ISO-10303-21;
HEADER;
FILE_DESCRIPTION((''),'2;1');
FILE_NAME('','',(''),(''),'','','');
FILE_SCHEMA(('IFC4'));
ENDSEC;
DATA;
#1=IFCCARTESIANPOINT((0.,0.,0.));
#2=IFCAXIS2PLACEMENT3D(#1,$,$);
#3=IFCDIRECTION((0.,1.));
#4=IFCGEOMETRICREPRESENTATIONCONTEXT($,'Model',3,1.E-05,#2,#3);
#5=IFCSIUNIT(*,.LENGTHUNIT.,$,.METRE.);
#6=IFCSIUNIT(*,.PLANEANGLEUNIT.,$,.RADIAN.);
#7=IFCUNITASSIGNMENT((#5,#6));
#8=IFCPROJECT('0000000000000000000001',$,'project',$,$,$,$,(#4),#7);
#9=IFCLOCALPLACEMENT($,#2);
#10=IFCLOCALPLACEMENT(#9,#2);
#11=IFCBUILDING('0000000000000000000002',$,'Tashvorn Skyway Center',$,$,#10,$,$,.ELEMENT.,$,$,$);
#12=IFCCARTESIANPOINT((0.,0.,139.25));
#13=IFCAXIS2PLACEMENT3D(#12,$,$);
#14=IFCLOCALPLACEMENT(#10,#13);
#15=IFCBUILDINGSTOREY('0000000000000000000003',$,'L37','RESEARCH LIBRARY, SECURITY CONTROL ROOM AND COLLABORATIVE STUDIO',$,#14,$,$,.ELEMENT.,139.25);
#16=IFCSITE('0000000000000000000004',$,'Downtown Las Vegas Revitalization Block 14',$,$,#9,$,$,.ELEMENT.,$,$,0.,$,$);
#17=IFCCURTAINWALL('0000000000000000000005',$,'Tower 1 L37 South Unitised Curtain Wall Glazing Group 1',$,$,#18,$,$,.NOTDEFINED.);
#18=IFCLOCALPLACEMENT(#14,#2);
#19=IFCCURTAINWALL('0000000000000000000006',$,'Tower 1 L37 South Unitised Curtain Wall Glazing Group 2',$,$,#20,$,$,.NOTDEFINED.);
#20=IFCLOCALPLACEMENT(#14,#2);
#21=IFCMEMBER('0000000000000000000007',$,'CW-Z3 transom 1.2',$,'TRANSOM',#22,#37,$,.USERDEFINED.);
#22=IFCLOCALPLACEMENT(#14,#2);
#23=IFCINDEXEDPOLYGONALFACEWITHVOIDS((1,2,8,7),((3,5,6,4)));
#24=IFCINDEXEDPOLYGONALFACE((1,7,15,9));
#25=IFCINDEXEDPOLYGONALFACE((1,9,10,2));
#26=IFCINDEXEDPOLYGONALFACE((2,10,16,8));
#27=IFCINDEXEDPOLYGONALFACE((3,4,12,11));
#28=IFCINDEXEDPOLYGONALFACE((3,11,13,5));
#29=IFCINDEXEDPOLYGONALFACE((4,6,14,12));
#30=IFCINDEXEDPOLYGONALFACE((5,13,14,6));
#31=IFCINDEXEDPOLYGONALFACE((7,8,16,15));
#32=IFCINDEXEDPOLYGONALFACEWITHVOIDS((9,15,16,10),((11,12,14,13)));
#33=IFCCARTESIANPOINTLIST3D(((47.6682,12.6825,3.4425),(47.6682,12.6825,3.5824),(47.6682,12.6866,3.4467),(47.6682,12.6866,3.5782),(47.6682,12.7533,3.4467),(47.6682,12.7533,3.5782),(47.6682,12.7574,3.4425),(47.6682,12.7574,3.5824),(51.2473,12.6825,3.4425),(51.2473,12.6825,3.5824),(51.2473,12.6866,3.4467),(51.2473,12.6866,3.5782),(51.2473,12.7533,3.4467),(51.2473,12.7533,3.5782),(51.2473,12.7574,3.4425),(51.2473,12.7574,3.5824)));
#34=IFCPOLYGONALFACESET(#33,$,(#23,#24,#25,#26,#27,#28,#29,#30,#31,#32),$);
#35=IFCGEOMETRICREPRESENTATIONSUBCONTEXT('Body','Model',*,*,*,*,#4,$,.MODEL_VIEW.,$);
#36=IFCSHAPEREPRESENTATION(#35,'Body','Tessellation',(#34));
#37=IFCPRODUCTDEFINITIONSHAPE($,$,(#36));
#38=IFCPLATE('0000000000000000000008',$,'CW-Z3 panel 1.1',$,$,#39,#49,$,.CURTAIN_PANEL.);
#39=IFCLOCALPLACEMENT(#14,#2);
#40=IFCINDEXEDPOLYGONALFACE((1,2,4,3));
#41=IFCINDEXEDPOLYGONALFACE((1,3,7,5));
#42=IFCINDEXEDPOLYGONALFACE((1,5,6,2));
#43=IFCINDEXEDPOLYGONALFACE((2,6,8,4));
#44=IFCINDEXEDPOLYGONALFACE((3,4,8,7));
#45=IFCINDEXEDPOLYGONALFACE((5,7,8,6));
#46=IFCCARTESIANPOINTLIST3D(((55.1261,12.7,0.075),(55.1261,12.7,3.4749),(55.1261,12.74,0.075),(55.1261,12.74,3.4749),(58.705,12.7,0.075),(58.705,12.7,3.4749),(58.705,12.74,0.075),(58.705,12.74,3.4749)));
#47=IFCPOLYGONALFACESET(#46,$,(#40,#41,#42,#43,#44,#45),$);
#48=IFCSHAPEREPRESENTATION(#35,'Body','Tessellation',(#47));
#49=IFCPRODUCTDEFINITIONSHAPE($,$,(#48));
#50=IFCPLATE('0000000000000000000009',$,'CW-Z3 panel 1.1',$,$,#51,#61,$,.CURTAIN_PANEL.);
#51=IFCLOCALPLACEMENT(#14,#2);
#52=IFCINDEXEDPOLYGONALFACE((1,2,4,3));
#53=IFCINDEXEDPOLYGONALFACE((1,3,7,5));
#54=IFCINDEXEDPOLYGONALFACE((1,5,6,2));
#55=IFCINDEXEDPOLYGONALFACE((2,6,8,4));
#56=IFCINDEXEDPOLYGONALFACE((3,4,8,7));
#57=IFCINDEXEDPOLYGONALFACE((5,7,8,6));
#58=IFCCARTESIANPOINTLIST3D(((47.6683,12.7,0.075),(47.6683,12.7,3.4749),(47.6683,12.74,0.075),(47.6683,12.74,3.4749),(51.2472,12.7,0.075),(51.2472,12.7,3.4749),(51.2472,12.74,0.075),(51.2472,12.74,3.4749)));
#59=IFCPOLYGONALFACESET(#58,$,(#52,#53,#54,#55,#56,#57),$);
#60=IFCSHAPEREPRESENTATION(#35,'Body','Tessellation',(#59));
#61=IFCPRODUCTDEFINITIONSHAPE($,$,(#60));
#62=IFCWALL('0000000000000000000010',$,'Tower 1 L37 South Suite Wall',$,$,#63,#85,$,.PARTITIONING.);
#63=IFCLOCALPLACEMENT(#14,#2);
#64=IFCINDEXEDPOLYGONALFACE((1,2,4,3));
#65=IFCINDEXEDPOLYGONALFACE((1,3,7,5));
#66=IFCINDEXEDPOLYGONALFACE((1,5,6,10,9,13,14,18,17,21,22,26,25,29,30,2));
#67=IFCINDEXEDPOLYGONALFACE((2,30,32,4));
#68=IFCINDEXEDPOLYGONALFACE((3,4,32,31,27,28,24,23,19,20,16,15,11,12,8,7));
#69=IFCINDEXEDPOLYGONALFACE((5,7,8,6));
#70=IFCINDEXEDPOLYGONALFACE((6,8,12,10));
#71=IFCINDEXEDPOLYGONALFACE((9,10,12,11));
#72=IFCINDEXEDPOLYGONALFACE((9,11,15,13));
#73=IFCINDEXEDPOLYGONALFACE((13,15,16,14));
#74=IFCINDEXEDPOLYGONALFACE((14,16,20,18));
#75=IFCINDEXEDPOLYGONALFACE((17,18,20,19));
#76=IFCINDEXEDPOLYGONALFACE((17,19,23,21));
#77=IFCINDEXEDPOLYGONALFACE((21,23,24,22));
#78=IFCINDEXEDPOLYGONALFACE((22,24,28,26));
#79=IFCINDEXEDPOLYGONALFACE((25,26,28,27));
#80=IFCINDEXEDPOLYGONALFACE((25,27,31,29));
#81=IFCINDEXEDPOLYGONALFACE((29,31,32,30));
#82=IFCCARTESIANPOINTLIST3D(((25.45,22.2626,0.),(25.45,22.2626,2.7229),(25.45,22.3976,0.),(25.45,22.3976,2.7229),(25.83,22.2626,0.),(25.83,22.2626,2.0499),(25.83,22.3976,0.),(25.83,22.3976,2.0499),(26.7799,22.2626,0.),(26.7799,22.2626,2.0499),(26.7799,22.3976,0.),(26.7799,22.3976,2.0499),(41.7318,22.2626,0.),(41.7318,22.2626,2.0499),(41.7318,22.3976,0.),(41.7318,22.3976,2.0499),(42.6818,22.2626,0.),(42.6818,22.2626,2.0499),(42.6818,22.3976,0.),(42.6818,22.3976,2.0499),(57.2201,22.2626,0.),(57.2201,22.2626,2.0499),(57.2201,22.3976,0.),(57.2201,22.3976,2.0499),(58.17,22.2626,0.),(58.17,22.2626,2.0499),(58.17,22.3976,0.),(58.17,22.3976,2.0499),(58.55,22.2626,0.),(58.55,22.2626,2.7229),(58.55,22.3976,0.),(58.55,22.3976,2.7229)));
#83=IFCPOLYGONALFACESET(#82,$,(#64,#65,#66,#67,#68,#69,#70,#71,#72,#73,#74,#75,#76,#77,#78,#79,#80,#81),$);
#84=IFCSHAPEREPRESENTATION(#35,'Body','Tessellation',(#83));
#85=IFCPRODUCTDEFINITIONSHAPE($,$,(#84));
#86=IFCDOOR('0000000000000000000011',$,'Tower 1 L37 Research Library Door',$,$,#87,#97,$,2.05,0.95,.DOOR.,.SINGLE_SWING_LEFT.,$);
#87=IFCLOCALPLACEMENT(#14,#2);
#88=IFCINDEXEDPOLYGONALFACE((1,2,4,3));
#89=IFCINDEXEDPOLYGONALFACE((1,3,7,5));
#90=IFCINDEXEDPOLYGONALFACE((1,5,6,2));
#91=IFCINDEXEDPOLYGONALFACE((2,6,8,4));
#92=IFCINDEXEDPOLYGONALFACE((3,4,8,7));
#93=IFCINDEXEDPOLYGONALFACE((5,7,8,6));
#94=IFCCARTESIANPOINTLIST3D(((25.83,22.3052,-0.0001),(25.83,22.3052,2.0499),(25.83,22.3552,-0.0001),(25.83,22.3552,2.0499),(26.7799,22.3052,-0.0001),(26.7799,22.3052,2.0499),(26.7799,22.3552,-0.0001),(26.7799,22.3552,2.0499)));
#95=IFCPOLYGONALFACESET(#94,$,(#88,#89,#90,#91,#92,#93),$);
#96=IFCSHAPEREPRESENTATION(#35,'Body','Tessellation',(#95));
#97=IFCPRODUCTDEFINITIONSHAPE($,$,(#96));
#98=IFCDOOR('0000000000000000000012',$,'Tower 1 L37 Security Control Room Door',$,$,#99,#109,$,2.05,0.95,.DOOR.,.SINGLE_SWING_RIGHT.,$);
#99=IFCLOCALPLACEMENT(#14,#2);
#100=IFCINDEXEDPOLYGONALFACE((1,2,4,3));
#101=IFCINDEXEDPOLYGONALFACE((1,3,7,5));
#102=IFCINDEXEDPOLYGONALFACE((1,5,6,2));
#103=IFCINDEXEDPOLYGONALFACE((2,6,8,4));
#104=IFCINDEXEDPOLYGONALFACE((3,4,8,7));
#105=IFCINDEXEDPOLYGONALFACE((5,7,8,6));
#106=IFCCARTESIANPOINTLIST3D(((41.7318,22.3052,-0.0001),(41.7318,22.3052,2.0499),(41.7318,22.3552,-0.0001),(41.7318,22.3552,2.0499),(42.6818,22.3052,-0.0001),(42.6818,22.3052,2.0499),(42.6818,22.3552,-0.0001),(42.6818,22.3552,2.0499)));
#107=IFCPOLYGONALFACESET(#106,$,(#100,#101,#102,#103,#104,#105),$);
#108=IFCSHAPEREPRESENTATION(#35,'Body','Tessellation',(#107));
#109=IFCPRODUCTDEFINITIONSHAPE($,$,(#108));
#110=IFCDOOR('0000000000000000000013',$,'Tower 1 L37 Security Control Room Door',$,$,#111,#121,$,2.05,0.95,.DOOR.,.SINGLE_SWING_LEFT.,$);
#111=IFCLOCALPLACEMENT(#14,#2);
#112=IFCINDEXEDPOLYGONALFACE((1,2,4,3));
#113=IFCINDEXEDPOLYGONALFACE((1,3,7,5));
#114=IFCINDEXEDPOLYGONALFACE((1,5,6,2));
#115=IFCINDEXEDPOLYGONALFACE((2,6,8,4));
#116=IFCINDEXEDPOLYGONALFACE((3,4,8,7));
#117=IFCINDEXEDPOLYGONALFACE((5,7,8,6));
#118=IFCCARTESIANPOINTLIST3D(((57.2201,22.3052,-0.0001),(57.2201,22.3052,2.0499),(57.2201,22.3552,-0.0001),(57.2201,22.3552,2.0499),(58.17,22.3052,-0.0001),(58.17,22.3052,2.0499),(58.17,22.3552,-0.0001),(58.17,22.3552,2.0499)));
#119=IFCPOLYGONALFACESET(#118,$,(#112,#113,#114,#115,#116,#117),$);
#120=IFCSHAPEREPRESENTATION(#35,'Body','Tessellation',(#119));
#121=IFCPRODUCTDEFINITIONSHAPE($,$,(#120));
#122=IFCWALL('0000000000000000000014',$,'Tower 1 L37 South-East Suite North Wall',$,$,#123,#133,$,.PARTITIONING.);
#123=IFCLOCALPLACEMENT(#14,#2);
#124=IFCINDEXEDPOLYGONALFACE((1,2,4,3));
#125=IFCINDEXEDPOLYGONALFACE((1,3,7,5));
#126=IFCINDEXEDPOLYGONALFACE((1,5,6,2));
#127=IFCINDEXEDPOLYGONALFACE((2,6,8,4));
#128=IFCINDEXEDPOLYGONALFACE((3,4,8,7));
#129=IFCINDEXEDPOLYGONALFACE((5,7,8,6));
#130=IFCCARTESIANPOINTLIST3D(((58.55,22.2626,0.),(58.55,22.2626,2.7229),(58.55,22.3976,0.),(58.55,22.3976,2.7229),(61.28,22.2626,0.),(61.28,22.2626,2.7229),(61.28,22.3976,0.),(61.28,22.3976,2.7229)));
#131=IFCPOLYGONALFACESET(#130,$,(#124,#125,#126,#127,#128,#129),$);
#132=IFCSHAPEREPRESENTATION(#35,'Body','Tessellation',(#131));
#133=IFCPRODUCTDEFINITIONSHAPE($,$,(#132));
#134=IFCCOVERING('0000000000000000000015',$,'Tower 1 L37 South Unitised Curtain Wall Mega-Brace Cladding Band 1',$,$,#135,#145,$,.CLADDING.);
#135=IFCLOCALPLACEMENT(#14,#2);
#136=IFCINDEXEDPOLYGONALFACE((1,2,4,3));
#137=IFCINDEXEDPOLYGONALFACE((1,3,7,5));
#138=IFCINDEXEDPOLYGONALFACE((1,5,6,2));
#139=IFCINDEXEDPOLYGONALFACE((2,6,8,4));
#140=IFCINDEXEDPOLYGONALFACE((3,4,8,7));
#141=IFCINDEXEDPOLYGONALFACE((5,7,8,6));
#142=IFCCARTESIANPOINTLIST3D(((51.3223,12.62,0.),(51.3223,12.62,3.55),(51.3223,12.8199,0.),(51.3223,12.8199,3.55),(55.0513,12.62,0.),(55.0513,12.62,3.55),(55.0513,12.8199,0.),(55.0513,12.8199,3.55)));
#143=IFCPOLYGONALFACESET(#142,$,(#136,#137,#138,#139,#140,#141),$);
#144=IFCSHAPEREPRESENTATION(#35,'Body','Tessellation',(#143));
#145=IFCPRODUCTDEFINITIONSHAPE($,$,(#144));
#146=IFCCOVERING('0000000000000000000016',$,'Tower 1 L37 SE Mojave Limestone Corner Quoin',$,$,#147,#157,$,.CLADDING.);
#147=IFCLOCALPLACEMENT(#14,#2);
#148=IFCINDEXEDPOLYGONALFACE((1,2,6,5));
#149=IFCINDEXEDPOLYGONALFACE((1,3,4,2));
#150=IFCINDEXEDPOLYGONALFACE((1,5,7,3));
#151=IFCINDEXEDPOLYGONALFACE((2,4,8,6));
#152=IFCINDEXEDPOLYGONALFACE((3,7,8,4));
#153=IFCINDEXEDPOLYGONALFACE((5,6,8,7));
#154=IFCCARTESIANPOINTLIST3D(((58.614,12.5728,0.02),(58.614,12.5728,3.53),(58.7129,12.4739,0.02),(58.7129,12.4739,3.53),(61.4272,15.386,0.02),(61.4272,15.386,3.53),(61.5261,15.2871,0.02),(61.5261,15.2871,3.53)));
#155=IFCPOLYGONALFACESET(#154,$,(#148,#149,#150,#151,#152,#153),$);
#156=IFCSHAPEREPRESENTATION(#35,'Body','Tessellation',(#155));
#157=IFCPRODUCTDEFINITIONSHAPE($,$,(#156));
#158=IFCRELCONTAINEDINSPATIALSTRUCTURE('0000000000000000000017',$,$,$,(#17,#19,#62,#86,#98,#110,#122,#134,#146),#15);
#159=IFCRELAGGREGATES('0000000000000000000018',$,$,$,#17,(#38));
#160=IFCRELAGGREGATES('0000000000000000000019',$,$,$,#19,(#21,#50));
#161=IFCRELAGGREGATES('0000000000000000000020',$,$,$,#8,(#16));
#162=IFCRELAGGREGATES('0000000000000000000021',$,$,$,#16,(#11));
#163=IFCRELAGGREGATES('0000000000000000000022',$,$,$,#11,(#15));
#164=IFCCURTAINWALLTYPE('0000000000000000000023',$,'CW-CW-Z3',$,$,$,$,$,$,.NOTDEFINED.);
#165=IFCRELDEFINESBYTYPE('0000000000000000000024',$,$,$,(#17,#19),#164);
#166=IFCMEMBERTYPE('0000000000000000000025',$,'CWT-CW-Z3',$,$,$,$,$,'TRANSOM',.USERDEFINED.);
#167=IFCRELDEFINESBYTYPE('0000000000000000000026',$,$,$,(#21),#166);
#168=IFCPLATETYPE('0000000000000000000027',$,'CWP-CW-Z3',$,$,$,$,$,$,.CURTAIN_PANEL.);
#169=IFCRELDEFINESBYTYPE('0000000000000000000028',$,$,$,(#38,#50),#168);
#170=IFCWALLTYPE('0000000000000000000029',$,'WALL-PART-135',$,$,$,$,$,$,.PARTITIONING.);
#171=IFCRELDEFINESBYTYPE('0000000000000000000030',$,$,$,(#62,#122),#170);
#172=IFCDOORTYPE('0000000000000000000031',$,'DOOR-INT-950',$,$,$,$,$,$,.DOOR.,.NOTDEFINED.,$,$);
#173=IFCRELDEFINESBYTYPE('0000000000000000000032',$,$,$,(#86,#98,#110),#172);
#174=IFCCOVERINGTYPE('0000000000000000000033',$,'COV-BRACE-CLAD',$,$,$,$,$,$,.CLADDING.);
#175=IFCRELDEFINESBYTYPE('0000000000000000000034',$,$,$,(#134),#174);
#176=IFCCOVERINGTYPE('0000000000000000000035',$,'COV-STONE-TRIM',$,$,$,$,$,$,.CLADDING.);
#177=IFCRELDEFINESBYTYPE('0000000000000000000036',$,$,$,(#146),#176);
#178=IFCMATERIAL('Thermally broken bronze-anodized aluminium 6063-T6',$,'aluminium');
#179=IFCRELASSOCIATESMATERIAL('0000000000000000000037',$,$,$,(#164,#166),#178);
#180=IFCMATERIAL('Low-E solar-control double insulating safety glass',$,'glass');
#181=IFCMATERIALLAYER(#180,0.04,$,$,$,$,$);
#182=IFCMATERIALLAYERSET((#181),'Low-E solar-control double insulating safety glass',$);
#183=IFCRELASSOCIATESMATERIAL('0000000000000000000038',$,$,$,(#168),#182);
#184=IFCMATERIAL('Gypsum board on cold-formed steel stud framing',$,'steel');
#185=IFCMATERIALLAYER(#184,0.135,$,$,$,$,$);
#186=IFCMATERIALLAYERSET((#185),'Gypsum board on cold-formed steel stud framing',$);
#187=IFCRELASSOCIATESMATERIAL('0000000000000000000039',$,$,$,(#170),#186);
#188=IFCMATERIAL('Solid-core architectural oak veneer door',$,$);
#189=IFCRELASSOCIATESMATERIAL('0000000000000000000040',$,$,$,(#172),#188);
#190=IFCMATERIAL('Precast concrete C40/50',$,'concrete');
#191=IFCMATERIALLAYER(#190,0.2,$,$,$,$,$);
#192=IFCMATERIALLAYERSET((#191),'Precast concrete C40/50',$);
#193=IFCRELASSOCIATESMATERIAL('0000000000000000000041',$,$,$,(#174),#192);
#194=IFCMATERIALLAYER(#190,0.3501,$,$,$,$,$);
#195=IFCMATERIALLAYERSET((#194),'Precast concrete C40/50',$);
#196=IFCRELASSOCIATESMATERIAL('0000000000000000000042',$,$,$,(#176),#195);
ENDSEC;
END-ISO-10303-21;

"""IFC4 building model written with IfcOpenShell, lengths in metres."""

from ifc_helpers import new_model, si_unit, direction, frame, frame_2d, origin, origin_2d, place, context, subcontext, project, spatial, rectangle, hollow_rectangle, extrude, material, layer, layer_set, material_profile, profile_set, type_object, element, fill, aggregate, save


model = new_model("IFC4")

# Units and contexts
model_context = context("Model", 3, precision=1e-05, world=origin(), true_north=direction((0.0, 1.0)))
body_context = subcontext(model_context, "Body", "Model", "MODEL_VIEW")
ifc_project = project(units=[si_unit("LENGTHUNIT", "METRE"), si_unit("PLANEANGLEUNIT", "RADIAN")], contexts=[model_context])

# Site, building, storey
site_placement = place(None, origin())
site = spatial("IfcSite", under=ifc_project, at=site_placement, Name="Downtown Las Vegas Revitalization Block 14", CompositionType="ELEMENT", RefElevation=0.0)
building_placement = place(site_placement, origin())
building = spatial("IfcBuilding", under=site, at=building_placement, Name="Tashvorn Skyway Center", CompositionType="ELEMENT")
storey_placement = place(building_placement, frame((0.0, 0.0, 139.25)))
storey = spatial("IfcBuildingStorey", under=building, at=storey_placement, Name="L37", Description="RESEARCH LIBRARY, SECURITY CONTROL ROOM AND COLLABORATIVE STUDIO", CompositionType="ELEMENT", Elevation=139.25)

# Curtain wall
ifc_material_1 = material(Name="Thermally broken bronze-anodized aluminium 6063-T6", Category="aluminium")
curtain_wall_type = type_object("IfcCurtainWallType", Name="CW-CW-Z3", PredefinedType="NOTDEFINED", material=ifc_material_1)
curtain_wall_1_placement = place(storey_placement, origin())
curtain_wall_1 = element("IfcCurtainWall", 1, at=curtain_wall_1_placement, inside=storey, type_object=curtain_wall_type, Name="Tower 1 L37 South Unitised Curtain Wall Glazing Group 1", PredefinedType="NOTDEFINED")

# Curtain wall
curtain_wall_2_placement = place(storey_placement, origin())
curtain_wall_2 = element("IfcCurtainWall", 2, at=curtain_wall_2_placement, inside=storey, type_object=curtain_wall_type, Name="Tower 1 L37 South Unitised Curtain Wall Glazing Group 2", PredefinedType="NOTDEFINED")

# Member
ifc_material_profile_1 = material_profile(ifc_material_1, hollow_rectangle(XDim=0.075, YDim=0.1399, WallThickness=0.0042, at=origin_2d()), Name="ALU-TRAN-75x140")
ifc_profile_set_1 = profile_set([ifc_material_profile_1], Name="Thermally broken bronze-anodized aluminium 6063-T6")
member_type_1 = type_object("IfcMemberType", Name="CWT-CW-Z3", ElementType="TRANSOM", PredefinedType="USERDEFINED", material=ifc_profile_set_1)
member_1_placement = place(storey_placement, frame((51.2473, 12.72, 3.5125), z_axis=(-1.0, 0.0, 0.0), x_axis=(0.0, -1.0, 0.0)))
member_1 = element("IfcMember", 3, at=member_1_placement, type_object=member_type_1, Name="CW-Z3 transom 1.2", ObjectType="TRANSOM", PredefinedType="USERDEFINED", context=body_context, shape_type="SweptSolid", body=[
    extrude(hollow_rectangle(XDim=0.075, YDim=0.1399, WallThickness=0.0042, at=origin_2d()), origin(), (0.0, 0.0, 1.0), 3.5791),
])

# Plates
ifc_material_2 = material(Name="Low-E solar-control double insulating safety glass", Category="glass")
ifc_layer_1 = layer(ifc_material_2, 0.04)
ifc_layer_set_1 = layer_set([ifc_layer_1], Name="Low-E solar-control double insulating safety glass")
plate_type = type_object("IfcPlateType", Name="CWP-CW-Z3", PredefinedType="CURTAIN_PANEL", material=ifc_layer_set_1)
plate_1_placement = place(storey_placement, frame((56.9155, 12.72, 0.075), z_axis=(0.0, 0.0, 1.0), x_axis=(-1.0, 0.0, 0.0)))
plate_1 = element("IfcPlate", 4, at=plate_1_placement, type_object=plate_type, Name="CW-Z3 panel 1.1", PredefinedType="CURTAIN_PANEL", context=body_context, shape_type="SweptSolid", body=[
    extrude(rectangle(XDim=3.5789, YDim=0.04, at=origin_2d()), origin(), (0.0, 0.0, 1.0), 3.3999),
])
aggregate(curtain_wall_1, [plate_1])
plate_2_placement = place(storey_placement, frame((49.4578, 12.72, 0.075), z_axis=(0.0, 0.0, 1.0), x_axis=(-1.0, 0.0, 0.0)))
plate_2 = element("IfcPlate", 5, at=plate_2_placement, type_object=plate_type, Name="CW-Z3 panel 1.1", PredefinedType="CURTAIN_PANEL", context=body_context, shape_type="SweptSolid", body=[
    extrude(rectangle(XDim=3.5789, YDim=0.04, at=origin_2d()), origin(), (0.0, 0.0, 1.0), 3.3999),
])
aggregate(curtain_wall_2, [member_1, plate_2])

# Wall, openings, doors
ifc_material_3 = material(Name="Gypsum board on cold-formed steel stud framing", Category="steel")
ifc_layer_2 = layer(ifc_material_3, 0.135)
ifc_layer_set_2 = layer_set([ifc_layer_2], Name="Gypsum board on cold-formed steel stud framing")
wall_type = type_object("IfcWallType", Name="WALL-PART-135", PredefinedType="PARTITIONING", material=ifc_layer_set_2)
wall_1_placement = place(storey_placement, frame((58.55, 22.3301, 0.0), z_axis=(0.0, 0.0, 1.0), x_axis=(-1.0, 0.0, 0.0)))
wall_1 = element("IfcWall", 6, at=wall_1_placement, inside=storey, type_object=wall_type, Name="Tower 1 L37 South Suite Wall", PredefinedType="PARTITIONING", context=body_context, shape_type="SweptSolid", body=[
    extrude(rectangle(XDim=33.1001, YDim=0.135, at=frame_2d((16.55, 0.0))), origin(), (0.0, 0.0, 1.0), 2.7229),
])
opening_1_placement = place(wall_1_placement, frame((31.77, 0.0, 0.0)))
opening_1 = element("IfcOpeningElement", 7, at=opening_1_placement, cuts=wall_1, PredefinedType="OPENING", context=body_context, shape_type="SweptSolid", body=[
    extrude(rectangle(XDim=0.95, YDim=2.05, at=frame_2d((0.4751, 1.0249))), frame((0.0, 0.0774, 0.0), z_axis=(0.0, -1.0, 0.0), x_axis=(1.0, 0.0, 0.0)), (0.0, 0.0, 1.0), 0.155),
])
opening_2_placement = place(wall_1_placement, frame((15.8682, 0.0, 0.0)))
opening_2 = element("IfcOpeningElement", 8, at=opening_2_placement, cuts=wall_1, PredefinedType="OPENING", context=body_context, shape_type="SweptSolid", body=[
    extrude(rectangle(XDim=0.95, YDim=2.05, at=frame_2d((0.4751, 1.0249))), frame((0.0, 0.0774, 0.0), z_axis=(0.0, -1.0, 0.0), x_axis=(1.0, 0.0, 0.0)), (0.0, 0.0, 1.0), 0.155),
])
opening_3_placement = place(wall_1_placement, frame((0.3799, 0.0, 0.0)))
opening_3 = element("IfcOpeningElement", 9, at=opening_3_placement, cuts=wall_1, PredefinedType="OPENING", context=body_context, shape_type="SweptSolid", body=[
    extrude(rectangle(XDim=0.95, YDim=2.05, at=frame_2d((0.4751, 1.0249))), frame((0.0, 0.0774, 0.0), z_axis=(0.0, -1.0, 0.0), x_axis=(1.0, 0.0, 0.0)), (0.0, 0.0, 1.0), 0.155),
])
ifc_material_4 = material(Name="Solid-core architectural oak veneer door")
door_type = type_object("IfcDoorType", Name="DOOR-INT-950", OperationType="NOTDEFINED", PredefinedType="DOOR", material=ifc_material_4)
door_1_placement = place(opening_1_placement, origin())
door_1 = element("IfcDoor", 10, at=door_1_placement, inside=storey, type_object=door_type, Name="Tower 1 L37 Research Library Door", OperationType="SINGLE_SWING_LEFT", OverallHeight=2.05, OverallWidth=0.95, PredefinedType="DOOR", context=body_context, shape_type="SweptSolid", body=[
    extrude(rectangle(XDim=0.95, YDim=2.05, at=frame_2d((0.4751, 1.0249))), frame((0.0, 0.0249, 0.0), z_axis=(0.0, -1.0, 0.0), x_axis=(1.0, 0.0, 0.0)), (0.0, 0.0, 1.0), 0.05),
])
fill(opening_1, door_1)
door_2_placement = place(opening_2_placement, origin())
door_2 = element("IfcDoor", 11, at=door_2_placement, inside=storey, type_object=door_type, Name="Tower 1 L37 Security Control Room Door", OperationType="SINGLE_SWING_RIGHT", OverallHeight=2.05, OverallWidth=0.95, PredefinedType="DOOR", context=body_context, shape_type="SweptSolid", body=[
    extrude(rectangle(XDim=0.95, YDim=2.05, at=frame_2d((0.4751, 1.0249))), frame((0.0, 0.0249, 0.0), z_axis=(0.0, -1.0, 0.0), x_axis=(1.0, 0.0, 0.0)), (0.0, 0.0, 1.0), 0.05),
])
fill(opening_2, door_2)
door_3_placement = place(opening_3_placement, origin())
door_3 = element("IfcDoor", 12, at=door_3_placement, inside=storey, type_object=door_type, Name="Tower 1 L37 Security Control Room Door", OperationType="SINGLE_SWING_LEFT", OverallHeight=2.05, OverallWidth=0.95, PredefinedType="DOOR", context=body_context, shape_type="SweptSolid", body=[
    extrude(rectangle(XDim=0.95, YDim=2.05, at=frame_2d((0.4751, 1.0249))), frame((0.0, 0.0249, 0.0), z_axis=(0.0, -1.0, 0.0), x_axis=(1.0, 0.0, 0.0)), (0.0, 0.0, 1.0), 0.05),
])
fill(opening_3, door_3)

# Wall
wall_2_placement = place(storey_placement, frame((58.55, 22.3301, 0.0), z_axis=(0.0, 0.0, 1.0), x_axis=(1.0, 0.0, 0.0)))
element("IfcWall", 13, at=wall_2_placement, inside=storey, type_object=wall_type, Name="Tower 1 L37 South-East Suite North Wall", PredefinedType="PARTITIONING", context=body_context, shape_type="SweptSolid", body=[
    extrude(rectangle(XDim=2.73, YDim=0.135, at=frame_2d((1.365, 0.0))), origin(), (0.0, 0.0, 1.0), 2.7229),
])

# Coverings
ifc_material_5 = material(Name="Precast concrete C40/50", Category="concrete")
ifc_layer_3 = layer(ifc_material_5, 0.2)
ifc_layer_set_3 = layer_set([ifc_layer_3], Name="Precast concrete C40/50")
covering_type_1 = type_object("IfcCoveringType", Name="COV-BRACE-CLAD", PredefinedType="CLADDING", material=ifc_layer_set_3)
covering_1_placement = place(storey_placement, frame((53.1868, 12.72, 0.0), z_axis=(0.0, 0.0, 1.0), x_axis=(-1.0, 0.0, 0.0)))
element("IfcCovering", 14, at=covering_1_placement, inside=storey, type_object=covering_type_1, Name="Tower 1 L37 South Unitised Curtain Wall Mega-Brace Cladding Band 1", PredefinedType="CLADDING", context=body_context, shape_type="SweptSolid", body=[
    extrude(rectangle(XDim=3.729, YDim=0.2, at=origin_2d()), origin(), (0.0, 0.0, 1.0), 3.55),
])
ifc_layer_4 = layer(ifc_material_5, 0.3501)
ifc_layer_set_4 = layer_set([ifc_layer_4], Name="Precast concrete C40/50")
covering_type_2 = type_object("IfcCoveringType", Name="COV-STONE-TRIM", PredefinedType="CLADDING", material=ifc_layer_set_4)
covering_2_placement = place(storey_placement, frame((60.0701, 13.9299, 0.02), z_axis=(0.0, 0.0, 1.0), x_axis=(0.707107, 0.707107, 0.0)))
element("IfcCovering", 15, at=covering_2_placement, inside=storey, type_object=covering_type_2, Name="Tower 1 L37 SE Mojave Limestone Corner Quoin", PredefinedType="CLADDING", context=body_context, shape_type="SweptSolid", body=[
    extrude(rectangle(XDim=3.9785, YDim=0.1399, at=origin_2d()), origin(), (0.0, 0.0, 1.0), 3.51),
])

save(model, "model.ifc")
